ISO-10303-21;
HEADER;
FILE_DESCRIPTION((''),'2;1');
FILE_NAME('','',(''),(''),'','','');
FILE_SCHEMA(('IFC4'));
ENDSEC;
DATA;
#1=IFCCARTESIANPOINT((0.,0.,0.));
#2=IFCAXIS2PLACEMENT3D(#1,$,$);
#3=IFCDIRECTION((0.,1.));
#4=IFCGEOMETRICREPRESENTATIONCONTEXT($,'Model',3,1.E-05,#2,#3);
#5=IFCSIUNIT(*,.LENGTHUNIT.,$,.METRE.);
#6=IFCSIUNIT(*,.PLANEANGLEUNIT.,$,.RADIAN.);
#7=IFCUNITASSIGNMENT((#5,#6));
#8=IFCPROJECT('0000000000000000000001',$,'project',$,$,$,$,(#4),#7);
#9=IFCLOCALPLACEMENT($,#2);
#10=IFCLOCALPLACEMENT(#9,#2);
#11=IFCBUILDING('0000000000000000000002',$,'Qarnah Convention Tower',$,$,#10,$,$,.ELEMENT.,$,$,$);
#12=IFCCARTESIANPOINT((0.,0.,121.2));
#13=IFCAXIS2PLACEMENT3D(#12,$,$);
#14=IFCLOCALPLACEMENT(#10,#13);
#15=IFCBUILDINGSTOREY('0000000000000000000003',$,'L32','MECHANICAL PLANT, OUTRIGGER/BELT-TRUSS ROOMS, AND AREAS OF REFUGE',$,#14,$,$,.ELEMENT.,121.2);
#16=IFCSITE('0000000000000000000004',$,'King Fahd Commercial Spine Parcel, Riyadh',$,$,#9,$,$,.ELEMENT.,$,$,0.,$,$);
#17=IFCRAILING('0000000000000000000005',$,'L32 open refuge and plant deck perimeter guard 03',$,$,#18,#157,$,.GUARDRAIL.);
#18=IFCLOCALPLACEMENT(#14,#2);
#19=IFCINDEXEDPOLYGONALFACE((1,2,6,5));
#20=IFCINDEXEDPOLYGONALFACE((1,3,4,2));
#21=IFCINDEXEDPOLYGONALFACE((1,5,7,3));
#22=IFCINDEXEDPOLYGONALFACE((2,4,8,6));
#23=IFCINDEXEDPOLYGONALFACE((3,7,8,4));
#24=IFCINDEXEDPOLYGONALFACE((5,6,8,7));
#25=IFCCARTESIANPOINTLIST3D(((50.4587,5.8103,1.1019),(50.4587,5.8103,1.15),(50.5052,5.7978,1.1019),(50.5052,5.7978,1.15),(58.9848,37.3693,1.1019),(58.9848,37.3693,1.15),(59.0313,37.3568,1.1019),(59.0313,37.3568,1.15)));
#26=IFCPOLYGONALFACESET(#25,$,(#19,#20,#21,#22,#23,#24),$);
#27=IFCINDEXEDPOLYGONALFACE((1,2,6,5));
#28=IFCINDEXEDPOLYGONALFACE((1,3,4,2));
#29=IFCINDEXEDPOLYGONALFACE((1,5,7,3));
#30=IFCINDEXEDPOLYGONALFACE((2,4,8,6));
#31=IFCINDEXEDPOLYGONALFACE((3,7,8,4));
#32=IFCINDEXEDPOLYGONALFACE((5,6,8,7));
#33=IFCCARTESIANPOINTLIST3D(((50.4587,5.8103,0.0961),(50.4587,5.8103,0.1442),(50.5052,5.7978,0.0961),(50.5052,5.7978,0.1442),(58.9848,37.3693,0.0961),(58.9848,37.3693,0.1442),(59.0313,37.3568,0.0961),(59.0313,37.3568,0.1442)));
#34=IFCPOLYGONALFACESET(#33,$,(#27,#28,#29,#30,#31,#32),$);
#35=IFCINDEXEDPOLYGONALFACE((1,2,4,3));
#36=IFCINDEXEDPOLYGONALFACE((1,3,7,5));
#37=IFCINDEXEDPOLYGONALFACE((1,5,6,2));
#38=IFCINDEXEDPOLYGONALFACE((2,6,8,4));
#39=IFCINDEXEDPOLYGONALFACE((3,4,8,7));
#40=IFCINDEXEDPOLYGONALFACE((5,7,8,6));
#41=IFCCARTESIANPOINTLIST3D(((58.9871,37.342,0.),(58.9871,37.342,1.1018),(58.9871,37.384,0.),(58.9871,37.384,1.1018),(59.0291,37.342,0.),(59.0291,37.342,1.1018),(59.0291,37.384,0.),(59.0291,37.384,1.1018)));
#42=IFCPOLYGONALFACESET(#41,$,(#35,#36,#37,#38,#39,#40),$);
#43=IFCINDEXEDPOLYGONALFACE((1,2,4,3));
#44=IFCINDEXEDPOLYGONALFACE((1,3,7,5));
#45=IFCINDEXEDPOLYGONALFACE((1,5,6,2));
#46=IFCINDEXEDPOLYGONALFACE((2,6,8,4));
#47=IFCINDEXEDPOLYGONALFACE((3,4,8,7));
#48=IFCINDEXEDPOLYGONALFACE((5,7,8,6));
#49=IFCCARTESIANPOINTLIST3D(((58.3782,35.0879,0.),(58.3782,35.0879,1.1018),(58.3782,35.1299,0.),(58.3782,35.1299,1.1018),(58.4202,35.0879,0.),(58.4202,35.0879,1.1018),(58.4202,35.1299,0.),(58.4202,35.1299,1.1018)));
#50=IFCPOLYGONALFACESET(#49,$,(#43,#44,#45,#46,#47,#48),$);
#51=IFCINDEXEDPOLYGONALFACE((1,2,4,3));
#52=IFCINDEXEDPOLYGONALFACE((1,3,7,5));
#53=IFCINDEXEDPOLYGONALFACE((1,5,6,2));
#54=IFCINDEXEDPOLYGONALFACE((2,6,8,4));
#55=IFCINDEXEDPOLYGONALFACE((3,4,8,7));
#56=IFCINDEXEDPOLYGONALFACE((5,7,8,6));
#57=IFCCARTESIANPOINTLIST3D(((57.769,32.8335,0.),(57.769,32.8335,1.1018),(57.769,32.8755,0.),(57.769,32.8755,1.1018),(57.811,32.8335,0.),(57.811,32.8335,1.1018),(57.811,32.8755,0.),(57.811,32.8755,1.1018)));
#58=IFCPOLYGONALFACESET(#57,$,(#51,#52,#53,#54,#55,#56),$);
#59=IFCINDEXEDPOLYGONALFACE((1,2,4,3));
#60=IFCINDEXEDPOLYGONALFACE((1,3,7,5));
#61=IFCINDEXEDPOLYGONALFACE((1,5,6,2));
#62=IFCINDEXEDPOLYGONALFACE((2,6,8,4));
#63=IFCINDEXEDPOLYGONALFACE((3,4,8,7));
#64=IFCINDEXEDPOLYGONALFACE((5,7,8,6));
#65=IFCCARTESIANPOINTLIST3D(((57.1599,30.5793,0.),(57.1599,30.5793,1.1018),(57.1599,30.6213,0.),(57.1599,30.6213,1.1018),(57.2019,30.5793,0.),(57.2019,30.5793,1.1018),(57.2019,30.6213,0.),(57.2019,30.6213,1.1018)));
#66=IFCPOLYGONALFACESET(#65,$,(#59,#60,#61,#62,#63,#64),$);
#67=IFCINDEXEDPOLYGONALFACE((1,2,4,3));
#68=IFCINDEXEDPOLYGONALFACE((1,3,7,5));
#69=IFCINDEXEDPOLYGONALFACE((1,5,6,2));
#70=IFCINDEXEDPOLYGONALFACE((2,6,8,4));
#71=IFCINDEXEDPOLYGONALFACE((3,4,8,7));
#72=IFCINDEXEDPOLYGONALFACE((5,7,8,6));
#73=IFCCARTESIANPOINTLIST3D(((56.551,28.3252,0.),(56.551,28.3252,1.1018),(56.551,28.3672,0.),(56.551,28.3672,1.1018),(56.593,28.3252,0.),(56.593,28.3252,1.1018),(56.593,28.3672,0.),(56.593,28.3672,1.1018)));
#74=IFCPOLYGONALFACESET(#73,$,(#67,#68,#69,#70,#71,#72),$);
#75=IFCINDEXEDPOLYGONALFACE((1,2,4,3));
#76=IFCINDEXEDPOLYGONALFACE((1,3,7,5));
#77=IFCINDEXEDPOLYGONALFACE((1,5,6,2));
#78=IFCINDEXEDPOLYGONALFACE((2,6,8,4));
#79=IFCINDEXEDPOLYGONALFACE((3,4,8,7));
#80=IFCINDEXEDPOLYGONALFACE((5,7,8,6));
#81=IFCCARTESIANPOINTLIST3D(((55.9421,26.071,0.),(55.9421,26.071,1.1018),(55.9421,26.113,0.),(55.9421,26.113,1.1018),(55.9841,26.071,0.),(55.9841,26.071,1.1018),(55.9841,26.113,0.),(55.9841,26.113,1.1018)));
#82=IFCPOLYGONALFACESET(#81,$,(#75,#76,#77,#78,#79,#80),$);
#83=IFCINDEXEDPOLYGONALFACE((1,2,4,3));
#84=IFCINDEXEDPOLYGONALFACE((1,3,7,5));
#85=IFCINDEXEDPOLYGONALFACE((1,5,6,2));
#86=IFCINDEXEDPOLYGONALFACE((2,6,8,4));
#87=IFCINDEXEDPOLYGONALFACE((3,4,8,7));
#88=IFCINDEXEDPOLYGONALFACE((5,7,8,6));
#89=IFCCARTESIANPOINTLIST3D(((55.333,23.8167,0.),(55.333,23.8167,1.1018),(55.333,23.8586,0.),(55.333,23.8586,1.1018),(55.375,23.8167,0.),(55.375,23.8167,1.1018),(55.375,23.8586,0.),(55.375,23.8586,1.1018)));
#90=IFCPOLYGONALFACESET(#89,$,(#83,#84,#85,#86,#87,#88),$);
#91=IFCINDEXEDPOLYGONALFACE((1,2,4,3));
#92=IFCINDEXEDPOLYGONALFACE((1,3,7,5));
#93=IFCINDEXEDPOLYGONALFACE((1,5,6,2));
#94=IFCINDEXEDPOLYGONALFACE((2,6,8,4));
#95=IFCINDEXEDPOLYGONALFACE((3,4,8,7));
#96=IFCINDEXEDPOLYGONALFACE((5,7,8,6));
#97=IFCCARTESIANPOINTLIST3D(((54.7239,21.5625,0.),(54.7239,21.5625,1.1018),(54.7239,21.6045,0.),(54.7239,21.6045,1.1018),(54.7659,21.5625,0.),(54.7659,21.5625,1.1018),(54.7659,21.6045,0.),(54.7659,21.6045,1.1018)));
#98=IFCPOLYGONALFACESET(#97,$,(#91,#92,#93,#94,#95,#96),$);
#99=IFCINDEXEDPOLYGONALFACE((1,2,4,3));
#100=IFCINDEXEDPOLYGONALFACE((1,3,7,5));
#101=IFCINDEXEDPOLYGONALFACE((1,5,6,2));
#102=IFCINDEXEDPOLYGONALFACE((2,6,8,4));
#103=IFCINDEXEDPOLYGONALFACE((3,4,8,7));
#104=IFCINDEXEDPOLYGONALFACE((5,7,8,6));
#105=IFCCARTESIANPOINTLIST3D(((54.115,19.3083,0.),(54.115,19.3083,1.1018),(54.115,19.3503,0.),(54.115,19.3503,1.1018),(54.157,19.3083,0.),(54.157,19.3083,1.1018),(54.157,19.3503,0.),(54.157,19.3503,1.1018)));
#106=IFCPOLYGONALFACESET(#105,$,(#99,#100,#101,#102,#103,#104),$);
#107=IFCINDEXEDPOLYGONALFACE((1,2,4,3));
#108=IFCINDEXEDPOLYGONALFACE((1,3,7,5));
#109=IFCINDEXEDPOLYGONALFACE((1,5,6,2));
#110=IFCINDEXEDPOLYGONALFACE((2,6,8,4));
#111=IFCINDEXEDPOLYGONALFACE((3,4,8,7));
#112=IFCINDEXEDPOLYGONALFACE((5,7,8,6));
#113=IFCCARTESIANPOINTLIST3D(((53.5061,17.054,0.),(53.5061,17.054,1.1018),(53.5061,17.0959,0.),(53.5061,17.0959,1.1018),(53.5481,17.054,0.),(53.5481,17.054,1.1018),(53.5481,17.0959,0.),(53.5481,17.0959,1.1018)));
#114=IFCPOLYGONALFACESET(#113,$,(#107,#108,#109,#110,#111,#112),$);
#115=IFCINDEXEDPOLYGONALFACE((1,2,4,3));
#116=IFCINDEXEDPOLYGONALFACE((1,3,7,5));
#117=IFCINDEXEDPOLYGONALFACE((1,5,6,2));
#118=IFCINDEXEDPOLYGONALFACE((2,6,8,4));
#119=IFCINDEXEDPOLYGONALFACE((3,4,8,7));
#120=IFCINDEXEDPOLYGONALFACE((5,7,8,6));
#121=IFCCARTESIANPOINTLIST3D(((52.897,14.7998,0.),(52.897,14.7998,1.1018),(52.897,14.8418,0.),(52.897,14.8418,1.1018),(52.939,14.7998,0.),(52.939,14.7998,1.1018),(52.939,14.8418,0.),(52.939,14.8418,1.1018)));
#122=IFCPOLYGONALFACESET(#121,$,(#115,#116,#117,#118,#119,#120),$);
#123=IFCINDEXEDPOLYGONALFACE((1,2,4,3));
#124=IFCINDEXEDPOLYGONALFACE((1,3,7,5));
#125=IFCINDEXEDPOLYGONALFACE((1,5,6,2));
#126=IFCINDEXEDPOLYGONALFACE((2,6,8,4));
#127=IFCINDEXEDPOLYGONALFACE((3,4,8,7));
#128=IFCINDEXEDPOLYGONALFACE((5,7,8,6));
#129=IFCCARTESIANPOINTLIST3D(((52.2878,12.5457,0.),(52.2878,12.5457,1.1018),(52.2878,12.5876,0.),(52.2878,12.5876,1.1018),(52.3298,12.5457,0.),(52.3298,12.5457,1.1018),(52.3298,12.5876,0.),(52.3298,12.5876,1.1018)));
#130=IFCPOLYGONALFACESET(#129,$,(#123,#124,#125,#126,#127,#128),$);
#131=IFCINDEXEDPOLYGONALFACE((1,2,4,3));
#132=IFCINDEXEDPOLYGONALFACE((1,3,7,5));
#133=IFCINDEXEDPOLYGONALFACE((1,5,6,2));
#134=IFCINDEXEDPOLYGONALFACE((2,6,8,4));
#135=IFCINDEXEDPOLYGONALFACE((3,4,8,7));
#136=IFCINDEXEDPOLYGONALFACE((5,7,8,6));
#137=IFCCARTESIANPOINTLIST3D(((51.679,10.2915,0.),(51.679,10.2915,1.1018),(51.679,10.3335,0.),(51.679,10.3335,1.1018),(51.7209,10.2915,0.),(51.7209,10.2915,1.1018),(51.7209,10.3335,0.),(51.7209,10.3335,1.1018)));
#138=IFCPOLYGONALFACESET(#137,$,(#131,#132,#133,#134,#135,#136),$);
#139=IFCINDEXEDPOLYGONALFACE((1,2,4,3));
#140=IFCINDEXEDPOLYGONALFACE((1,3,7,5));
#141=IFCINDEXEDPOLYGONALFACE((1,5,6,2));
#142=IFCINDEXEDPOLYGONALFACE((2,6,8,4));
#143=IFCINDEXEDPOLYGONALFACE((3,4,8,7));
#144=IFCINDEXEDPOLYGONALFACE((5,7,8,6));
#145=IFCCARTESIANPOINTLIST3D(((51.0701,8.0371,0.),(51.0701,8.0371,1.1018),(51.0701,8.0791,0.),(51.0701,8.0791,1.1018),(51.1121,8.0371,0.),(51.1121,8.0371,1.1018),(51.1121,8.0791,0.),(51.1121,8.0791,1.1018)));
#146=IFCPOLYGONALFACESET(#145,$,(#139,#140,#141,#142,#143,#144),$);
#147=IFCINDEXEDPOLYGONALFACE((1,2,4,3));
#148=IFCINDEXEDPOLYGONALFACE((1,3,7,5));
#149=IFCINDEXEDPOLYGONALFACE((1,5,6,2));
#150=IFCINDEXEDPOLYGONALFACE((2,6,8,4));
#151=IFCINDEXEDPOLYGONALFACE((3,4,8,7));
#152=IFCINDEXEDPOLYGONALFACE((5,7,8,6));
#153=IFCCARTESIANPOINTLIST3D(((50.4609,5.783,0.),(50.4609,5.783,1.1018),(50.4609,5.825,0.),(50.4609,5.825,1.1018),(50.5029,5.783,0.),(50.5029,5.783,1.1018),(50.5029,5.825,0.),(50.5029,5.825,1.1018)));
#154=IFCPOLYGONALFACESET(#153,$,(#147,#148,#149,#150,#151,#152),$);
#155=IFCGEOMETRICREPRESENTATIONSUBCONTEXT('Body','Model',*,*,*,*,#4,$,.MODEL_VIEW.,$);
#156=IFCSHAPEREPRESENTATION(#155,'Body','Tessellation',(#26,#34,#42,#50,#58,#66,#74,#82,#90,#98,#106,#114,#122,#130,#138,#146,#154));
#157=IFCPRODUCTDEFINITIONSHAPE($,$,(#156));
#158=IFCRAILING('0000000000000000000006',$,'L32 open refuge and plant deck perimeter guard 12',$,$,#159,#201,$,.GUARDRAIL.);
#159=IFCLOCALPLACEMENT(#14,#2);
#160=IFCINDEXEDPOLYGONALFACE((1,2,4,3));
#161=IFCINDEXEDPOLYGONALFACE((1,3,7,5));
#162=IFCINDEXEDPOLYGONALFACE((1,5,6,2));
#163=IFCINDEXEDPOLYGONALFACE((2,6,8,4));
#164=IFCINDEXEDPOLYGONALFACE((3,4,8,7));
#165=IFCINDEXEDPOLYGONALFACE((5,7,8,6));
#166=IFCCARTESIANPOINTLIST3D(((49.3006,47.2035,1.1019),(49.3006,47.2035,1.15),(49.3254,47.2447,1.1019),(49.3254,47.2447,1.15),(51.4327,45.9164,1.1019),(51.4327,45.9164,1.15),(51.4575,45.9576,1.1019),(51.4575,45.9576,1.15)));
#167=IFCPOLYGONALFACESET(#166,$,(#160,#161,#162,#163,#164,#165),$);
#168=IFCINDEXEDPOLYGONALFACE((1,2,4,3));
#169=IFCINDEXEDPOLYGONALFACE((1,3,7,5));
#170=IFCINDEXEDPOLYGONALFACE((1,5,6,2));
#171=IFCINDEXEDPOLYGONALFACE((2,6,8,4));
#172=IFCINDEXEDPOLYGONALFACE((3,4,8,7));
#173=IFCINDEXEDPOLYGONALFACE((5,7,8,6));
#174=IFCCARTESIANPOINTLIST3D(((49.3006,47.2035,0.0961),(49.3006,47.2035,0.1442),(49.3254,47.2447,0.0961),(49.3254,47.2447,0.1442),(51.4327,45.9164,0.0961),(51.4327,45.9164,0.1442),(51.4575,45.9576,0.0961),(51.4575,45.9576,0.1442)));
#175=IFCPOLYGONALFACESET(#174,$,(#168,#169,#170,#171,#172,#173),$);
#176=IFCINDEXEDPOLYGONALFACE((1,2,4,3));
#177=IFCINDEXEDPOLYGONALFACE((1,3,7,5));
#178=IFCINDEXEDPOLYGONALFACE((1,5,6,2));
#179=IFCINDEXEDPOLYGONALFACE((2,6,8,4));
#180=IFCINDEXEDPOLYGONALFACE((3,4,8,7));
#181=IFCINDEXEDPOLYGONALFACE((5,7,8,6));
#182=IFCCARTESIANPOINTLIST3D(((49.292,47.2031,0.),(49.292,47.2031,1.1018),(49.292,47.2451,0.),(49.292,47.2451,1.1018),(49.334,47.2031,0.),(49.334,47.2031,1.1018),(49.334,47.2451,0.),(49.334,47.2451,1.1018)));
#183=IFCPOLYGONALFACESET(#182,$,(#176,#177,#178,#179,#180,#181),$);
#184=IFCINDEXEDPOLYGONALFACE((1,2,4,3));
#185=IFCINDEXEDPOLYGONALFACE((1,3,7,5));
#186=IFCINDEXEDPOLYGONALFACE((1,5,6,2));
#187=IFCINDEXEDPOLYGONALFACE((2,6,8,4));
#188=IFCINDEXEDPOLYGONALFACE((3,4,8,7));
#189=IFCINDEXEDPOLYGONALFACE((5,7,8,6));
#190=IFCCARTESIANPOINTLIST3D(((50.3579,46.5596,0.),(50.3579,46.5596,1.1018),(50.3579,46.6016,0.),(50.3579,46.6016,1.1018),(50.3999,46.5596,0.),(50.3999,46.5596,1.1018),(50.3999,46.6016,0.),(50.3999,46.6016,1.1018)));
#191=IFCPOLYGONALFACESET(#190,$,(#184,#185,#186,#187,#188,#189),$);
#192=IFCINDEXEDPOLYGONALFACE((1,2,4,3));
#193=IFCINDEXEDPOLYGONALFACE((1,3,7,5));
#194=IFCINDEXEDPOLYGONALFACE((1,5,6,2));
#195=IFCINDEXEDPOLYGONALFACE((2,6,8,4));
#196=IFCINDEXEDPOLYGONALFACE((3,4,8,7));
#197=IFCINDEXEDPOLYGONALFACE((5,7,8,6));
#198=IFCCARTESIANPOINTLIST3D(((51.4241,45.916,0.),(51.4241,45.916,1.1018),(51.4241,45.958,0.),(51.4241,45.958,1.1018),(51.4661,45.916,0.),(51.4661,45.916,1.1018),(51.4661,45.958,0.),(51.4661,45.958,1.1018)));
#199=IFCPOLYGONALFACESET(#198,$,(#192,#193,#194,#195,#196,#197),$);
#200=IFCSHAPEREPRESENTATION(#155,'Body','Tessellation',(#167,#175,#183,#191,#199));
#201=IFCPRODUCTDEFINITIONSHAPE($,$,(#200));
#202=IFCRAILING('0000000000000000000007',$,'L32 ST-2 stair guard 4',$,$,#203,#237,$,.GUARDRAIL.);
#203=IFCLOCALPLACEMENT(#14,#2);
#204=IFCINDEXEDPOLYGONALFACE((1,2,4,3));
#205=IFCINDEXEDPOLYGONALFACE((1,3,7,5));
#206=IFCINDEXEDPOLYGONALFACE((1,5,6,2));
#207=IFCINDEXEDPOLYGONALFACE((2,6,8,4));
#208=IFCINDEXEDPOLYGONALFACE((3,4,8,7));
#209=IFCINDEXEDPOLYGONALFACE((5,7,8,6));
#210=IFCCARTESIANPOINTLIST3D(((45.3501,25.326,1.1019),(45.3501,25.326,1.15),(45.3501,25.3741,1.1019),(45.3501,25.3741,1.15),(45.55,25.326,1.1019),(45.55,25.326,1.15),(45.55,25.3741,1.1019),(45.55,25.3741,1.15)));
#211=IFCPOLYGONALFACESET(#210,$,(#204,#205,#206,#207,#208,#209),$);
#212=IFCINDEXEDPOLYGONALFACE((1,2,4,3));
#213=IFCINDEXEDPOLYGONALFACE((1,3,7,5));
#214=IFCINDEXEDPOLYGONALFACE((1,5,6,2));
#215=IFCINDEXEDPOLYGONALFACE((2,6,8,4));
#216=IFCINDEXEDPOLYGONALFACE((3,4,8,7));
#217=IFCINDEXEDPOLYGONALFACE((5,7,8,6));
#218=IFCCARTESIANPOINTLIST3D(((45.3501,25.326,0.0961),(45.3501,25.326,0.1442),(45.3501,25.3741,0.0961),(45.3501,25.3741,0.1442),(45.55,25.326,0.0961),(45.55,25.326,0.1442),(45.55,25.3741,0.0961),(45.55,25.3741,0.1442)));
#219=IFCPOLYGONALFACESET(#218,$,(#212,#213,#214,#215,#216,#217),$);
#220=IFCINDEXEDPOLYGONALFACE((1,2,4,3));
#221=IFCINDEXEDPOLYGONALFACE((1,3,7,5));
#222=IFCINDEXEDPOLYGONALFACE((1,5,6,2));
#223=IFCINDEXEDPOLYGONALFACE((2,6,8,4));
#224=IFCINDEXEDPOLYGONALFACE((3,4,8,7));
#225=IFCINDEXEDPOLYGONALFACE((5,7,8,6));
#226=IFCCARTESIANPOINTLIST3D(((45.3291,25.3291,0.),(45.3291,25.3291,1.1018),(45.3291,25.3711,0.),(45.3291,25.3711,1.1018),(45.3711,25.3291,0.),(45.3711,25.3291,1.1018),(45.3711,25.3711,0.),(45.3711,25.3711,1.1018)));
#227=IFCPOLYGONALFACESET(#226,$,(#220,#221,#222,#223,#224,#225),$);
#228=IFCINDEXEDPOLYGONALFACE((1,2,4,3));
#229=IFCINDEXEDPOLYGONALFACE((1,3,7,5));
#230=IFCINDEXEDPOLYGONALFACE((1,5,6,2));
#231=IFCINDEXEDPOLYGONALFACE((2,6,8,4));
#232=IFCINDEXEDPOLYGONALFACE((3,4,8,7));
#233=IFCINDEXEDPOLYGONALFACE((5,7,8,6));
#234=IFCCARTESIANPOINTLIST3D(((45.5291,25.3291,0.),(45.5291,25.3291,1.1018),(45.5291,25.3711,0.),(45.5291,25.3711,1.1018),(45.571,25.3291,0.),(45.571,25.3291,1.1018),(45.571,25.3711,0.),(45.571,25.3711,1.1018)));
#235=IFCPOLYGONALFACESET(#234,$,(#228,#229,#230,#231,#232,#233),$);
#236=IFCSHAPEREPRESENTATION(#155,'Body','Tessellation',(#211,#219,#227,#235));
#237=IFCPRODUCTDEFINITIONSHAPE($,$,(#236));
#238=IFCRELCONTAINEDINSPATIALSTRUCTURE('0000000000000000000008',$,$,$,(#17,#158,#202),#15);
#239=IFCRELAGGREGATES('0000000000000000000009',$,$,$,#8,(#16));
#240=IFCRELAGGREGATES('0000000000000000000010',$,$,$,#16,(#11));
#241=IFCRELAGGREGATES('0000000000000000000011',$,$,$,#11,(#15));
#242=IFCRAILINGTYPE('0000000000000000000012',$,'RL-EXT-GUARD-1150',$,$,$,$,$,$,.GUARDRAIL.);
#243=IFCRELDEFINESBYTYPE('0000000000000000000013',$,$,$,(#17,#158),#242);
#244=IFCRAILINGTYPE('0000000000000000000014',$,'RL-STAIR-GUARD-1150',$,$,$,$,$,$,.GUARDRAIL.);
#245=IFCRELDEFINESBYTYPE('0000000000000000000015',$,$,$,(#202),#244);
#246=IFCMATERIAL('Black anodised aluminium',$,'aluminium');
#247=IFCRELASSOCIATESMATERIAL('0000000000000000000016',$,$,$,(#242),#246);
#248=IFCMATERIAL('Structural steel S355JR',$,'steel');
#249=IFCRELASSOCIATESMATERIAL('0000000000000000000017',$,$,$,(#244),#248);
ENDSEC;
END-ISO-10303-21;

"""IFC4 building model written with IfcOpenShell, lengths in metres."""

from ifc_helpers import new_model, si_unit, direction, frame, origin, origin_2d, place, context, subcontext, project, spatial, rectangle, extrude, material, type_object, element, save


model = new_model("IFC4")

# Units and contexts
model_context = context("Model", 3, precision=1e-05, world=origin(), true_north=direction((0.0, 1.0)))
body_context = subcontext(model_context, "Body", "Model", "MODEL_VIEW")
ifc_project = project(units=[si_unit("LENGTHUNIT", "METRE"), si_unit("PLANEANGLEUNIT", "RADIAN")], contexts=[model_context])

# Site, building, storey
site_placement = place(None, origin())
site = spatial("IfcSite", under=ifc_project, at=site_placement, Name="King Fahd Commercial Spine Parcel, Riyadh", CompositionType="ELEMENT", RefElevation=0.0)
building_placement = place(site_placement, origin())
building = spatial("IfcBuilding", under=site, at=building_placement, Name="Qarnah Convention Tower", CompositionType="ELEMENT")
storey_placement = place(building_placement, frame((0.0, 0.0, 121.2)))
storey = spatial("IfcBuildingStorey", under=building, at=storey_placement, Name="L32", Description="MECHANICAL PLANT, OUTRIGGER/BELT-TRUSS ROOMS, AND AREAS OF REFUGE", CompositionType="ELEMENT", Elevation=121.2)

# Shared definitions
ifc_material_1 = material(Name="Structural steel S355JR", Category="steel")

# Railings
ifc_material_2 = material(Name="Black anodised aluminium", Category="aluminium")
railing_type_1 = type_object("IfcRailingType", Name="RL-EXT-GUARD-1150", PredefinedType="GUARDRAIL", material=ifc_material_2)
railing_1_placement = place(storey_placement, frame((59.0081, 37.363, 0.0)))
element("IfcRailing", 1, at=railing_1_placement, inside=storey, type_object=railing_type_1, Name="L32 open refuge and plant deck perimeter guard 03", PredefinedType="GUARDRAIL", context=body_context, shape_type="SweptSolid", body=[
    extrude(rectangle(XDim=0.0481, YDim=0.0481, at=origin_2d()), frame((0.0, 0.0, 1.126), z_axis=(-0.260813, -0.965389, 0.0), x_axis=(0.965389, -0.260813, 0.0)), (0.0, 0.0, 1.0), 32.6904),
    extrude(rectangle(XDim=0.0481, YDim=0.0481, at=origin_2d()), frame((0.0, 0.0, 0.1201), z_axis=(-0.260813, -0.965389, 0.0), x_axis=(0.965389, -0.260813, 0.0)), (0.0, 0.0, 1.0), 32.6904),
    extrude(rectangle(XDim=0.042, YDim=0.042, at=origin_2d()), origin(), (0.0, 0.0, 1.0), 1.1018),
    extrude(rectangle(XDim=0.042, YDim=0.042, at=origin_2d()), frame((-0.6089, -2.2542, 0.0)), (0.0, 0.0, 1.0), 1.1018),
    extrude(rectangle(XDim=0.042, YDim=0.042, at=origin_2d()), frame((-1.218, -4.5085, 0.0)), (0.0, 0.0, 1.0), 1.1018),
    extrude(rectangle(XDim=0.042, YDim=0.042, at=origin_2d()), frame((-1.8271, -6.7627, 0.0)), (0.0, 0.0, 1.0), 1.1018),
    extrude(rectangle(XDim=0.042, YDim=0.042, at=origin_2d()), frame((-2.436, -9.0168, 0.0)), (0.0, 0.0, 1.0), 1.1018),
    extrude(rectangle(XDim=0.042, YDim=0.042, at=origin_2d()), frame((-3.0449, -11.271, 0.0)), (0.0, 0.0, 1.0), 1.1018),
    extrude(rectangle(XDim=0.042, YDim=0.042, at=origin_2d()), frame((-3.6541, -13.5254, 0.0)), (0.0, 0.0, 1.0), 1.1018),
    extrude(rectangle(XDim=0.042, YDim=0.042, at=origin_2d()), frame((-4.2632, -15.7795, 0.0)), (0.0, 0.0, 1.0), 1.1018),
    extrude(rectangle(XDim=0.042, YDim=0.042, at=origin_2d()), frame((-4.8721, -18.0337, 0.0)), (0.0, 0.0, 1.0), 1.1018),
    extrude(rectangle(XDim=0.042, YDim=0.042, at=origin_2d()), frame((-5.481, -20.2881, 0.0)), (0.0, 0.0, 1.0), 1.1018),
    extrude(rectangle(XDim=0.042, YDim=0.042, at=origin_2d()), frame((-6.0901, -22.5422, 0.0)), (0.0, 0.0, 1.0), 1.1018),
    extrude(rectangle(XDim=0.042, YDim=0.042, at=origin_2d()), frame((-6.6992, -24.7964, 0.0)), (0.0, 0.0, 1.0), 1.1018),
    extrude(rectangle(XDim=0.042, YDim=0.042, at=origin_2d()), frame((-7.3081, -27.0505, 0.0)), (0.0, 0.0, 1.0), 1.1018),
    extrude(rectangle(XDim=0.042, YDim=0.042, at=origin_2d()), frame((-7.917, -29.3049, 0.0)), (0.0, 0.0, 1.0), 1.1018),
    extrude(rectangle(XDim=0.042, YDim=0.042, at=origin_2d()), frame((-8.5261, -31.5591, 0.0)), (0.0, 0.0, 1.0), 1.1018),
])
railing_2_placement = place(storey_placement, frame((49.313, 47.2241, 0.0)))
element("IfcRailing", 2, at=railing_2_placement, inside=storey, type_object=railing_type_1, Name="L32 open refuge and plant deck perimeter guard 12", PredefinedType="GUARDRAIL", context=body_context, shape_type="SweptSolid", body=[
    extrude(rectangle(XDim=0.0481, YDim=0.0481, at=origin_2d()), frame((0.0, 0.0, 1.126), z_axis=(0.856097, -0.516815, 0.0), x_axis=(0.516815, 0.856097, 0.0)), (0.0, 0.0, 1.0), 2.4905),
    extrude(rectangle(XDim=0.0481, YDim=0.0481, at=origin_2d()), frame((0.0, 0.0, 0.1201), z_axis=(0.856097, -0.516815, 0.0), x_axis=(0.516815, 0.856097, 0.0)), (0.0, 0.0, 1.0), 2.4905),
    extrude(rectangle(XDim=0.042, YDim=0.042, at=origin_2d()), origin(), (0.0, 0.0, 1.0), 1.1018),
    extrude(rectangle(XDim=0.042, YDim=0.042, at=origin_2d()), frame((1.0659, -0.6436, 0.0)), (0.0, 0.0, 1.0), 1.1018),
    extrude(rectangle(XDim=0.042, YDim=0.042, at=origin_2d()), frame((2.1321, -1.2871, 0.0)), (0.0, 0.0, 1.0), 1.1018),
])
railing_type_2 = type_object("IfcRailingType", Name="RL-STAIR-GUARD-1150", PredefinedType="GUARDRAIL", material=ifc_material_1)
railing_3_placement = place(storey_placement, frame((45.3501, 25.3501, 0.0)))
element("IfcRailing", 3, at=railing_3_placement, inside=storey, type_object=railing_type_2, Name="L32 ST-2 stair guard 4", PredefinedType="GUARDRAIL", context=body_context, shape_type="SweptSolid", body=[
    extrude(rectangle(XDim=0.0481, YDim=0.0481, at=origin_2d()), frame((0.0, 0.0, 1.126), z_axis=(1.0, 0.0, 0.0), x_axis=(0.0, 1.0, 0.0)), (0.0, 0.0, 1.0), 0.2),
    extrude(rectangle(XDim=0.0481, YDim=0.0481, at=origin_2d()), frame((0.0, 0.0, 0.1201), z_axis=(1.0, 0.0, 0.0), x_axis=(0.0, 1.0, 0.0)), (0.0, 0.0, 1.0), 0.2),
    extrude(rectangle(XDim=0.042, YDim=0.042, at=origin_2d()), origin(), (0.0, 0.0, 1.0), 1.1018),
    extrude(rectangle(XDim=0.042, YDim=0.042, at=origin_2d()), frame((0.2, 0.0, 0.0)), (0.0, 0.0, 1.0), 1.1018),
])

save(model, "model.ifc")
